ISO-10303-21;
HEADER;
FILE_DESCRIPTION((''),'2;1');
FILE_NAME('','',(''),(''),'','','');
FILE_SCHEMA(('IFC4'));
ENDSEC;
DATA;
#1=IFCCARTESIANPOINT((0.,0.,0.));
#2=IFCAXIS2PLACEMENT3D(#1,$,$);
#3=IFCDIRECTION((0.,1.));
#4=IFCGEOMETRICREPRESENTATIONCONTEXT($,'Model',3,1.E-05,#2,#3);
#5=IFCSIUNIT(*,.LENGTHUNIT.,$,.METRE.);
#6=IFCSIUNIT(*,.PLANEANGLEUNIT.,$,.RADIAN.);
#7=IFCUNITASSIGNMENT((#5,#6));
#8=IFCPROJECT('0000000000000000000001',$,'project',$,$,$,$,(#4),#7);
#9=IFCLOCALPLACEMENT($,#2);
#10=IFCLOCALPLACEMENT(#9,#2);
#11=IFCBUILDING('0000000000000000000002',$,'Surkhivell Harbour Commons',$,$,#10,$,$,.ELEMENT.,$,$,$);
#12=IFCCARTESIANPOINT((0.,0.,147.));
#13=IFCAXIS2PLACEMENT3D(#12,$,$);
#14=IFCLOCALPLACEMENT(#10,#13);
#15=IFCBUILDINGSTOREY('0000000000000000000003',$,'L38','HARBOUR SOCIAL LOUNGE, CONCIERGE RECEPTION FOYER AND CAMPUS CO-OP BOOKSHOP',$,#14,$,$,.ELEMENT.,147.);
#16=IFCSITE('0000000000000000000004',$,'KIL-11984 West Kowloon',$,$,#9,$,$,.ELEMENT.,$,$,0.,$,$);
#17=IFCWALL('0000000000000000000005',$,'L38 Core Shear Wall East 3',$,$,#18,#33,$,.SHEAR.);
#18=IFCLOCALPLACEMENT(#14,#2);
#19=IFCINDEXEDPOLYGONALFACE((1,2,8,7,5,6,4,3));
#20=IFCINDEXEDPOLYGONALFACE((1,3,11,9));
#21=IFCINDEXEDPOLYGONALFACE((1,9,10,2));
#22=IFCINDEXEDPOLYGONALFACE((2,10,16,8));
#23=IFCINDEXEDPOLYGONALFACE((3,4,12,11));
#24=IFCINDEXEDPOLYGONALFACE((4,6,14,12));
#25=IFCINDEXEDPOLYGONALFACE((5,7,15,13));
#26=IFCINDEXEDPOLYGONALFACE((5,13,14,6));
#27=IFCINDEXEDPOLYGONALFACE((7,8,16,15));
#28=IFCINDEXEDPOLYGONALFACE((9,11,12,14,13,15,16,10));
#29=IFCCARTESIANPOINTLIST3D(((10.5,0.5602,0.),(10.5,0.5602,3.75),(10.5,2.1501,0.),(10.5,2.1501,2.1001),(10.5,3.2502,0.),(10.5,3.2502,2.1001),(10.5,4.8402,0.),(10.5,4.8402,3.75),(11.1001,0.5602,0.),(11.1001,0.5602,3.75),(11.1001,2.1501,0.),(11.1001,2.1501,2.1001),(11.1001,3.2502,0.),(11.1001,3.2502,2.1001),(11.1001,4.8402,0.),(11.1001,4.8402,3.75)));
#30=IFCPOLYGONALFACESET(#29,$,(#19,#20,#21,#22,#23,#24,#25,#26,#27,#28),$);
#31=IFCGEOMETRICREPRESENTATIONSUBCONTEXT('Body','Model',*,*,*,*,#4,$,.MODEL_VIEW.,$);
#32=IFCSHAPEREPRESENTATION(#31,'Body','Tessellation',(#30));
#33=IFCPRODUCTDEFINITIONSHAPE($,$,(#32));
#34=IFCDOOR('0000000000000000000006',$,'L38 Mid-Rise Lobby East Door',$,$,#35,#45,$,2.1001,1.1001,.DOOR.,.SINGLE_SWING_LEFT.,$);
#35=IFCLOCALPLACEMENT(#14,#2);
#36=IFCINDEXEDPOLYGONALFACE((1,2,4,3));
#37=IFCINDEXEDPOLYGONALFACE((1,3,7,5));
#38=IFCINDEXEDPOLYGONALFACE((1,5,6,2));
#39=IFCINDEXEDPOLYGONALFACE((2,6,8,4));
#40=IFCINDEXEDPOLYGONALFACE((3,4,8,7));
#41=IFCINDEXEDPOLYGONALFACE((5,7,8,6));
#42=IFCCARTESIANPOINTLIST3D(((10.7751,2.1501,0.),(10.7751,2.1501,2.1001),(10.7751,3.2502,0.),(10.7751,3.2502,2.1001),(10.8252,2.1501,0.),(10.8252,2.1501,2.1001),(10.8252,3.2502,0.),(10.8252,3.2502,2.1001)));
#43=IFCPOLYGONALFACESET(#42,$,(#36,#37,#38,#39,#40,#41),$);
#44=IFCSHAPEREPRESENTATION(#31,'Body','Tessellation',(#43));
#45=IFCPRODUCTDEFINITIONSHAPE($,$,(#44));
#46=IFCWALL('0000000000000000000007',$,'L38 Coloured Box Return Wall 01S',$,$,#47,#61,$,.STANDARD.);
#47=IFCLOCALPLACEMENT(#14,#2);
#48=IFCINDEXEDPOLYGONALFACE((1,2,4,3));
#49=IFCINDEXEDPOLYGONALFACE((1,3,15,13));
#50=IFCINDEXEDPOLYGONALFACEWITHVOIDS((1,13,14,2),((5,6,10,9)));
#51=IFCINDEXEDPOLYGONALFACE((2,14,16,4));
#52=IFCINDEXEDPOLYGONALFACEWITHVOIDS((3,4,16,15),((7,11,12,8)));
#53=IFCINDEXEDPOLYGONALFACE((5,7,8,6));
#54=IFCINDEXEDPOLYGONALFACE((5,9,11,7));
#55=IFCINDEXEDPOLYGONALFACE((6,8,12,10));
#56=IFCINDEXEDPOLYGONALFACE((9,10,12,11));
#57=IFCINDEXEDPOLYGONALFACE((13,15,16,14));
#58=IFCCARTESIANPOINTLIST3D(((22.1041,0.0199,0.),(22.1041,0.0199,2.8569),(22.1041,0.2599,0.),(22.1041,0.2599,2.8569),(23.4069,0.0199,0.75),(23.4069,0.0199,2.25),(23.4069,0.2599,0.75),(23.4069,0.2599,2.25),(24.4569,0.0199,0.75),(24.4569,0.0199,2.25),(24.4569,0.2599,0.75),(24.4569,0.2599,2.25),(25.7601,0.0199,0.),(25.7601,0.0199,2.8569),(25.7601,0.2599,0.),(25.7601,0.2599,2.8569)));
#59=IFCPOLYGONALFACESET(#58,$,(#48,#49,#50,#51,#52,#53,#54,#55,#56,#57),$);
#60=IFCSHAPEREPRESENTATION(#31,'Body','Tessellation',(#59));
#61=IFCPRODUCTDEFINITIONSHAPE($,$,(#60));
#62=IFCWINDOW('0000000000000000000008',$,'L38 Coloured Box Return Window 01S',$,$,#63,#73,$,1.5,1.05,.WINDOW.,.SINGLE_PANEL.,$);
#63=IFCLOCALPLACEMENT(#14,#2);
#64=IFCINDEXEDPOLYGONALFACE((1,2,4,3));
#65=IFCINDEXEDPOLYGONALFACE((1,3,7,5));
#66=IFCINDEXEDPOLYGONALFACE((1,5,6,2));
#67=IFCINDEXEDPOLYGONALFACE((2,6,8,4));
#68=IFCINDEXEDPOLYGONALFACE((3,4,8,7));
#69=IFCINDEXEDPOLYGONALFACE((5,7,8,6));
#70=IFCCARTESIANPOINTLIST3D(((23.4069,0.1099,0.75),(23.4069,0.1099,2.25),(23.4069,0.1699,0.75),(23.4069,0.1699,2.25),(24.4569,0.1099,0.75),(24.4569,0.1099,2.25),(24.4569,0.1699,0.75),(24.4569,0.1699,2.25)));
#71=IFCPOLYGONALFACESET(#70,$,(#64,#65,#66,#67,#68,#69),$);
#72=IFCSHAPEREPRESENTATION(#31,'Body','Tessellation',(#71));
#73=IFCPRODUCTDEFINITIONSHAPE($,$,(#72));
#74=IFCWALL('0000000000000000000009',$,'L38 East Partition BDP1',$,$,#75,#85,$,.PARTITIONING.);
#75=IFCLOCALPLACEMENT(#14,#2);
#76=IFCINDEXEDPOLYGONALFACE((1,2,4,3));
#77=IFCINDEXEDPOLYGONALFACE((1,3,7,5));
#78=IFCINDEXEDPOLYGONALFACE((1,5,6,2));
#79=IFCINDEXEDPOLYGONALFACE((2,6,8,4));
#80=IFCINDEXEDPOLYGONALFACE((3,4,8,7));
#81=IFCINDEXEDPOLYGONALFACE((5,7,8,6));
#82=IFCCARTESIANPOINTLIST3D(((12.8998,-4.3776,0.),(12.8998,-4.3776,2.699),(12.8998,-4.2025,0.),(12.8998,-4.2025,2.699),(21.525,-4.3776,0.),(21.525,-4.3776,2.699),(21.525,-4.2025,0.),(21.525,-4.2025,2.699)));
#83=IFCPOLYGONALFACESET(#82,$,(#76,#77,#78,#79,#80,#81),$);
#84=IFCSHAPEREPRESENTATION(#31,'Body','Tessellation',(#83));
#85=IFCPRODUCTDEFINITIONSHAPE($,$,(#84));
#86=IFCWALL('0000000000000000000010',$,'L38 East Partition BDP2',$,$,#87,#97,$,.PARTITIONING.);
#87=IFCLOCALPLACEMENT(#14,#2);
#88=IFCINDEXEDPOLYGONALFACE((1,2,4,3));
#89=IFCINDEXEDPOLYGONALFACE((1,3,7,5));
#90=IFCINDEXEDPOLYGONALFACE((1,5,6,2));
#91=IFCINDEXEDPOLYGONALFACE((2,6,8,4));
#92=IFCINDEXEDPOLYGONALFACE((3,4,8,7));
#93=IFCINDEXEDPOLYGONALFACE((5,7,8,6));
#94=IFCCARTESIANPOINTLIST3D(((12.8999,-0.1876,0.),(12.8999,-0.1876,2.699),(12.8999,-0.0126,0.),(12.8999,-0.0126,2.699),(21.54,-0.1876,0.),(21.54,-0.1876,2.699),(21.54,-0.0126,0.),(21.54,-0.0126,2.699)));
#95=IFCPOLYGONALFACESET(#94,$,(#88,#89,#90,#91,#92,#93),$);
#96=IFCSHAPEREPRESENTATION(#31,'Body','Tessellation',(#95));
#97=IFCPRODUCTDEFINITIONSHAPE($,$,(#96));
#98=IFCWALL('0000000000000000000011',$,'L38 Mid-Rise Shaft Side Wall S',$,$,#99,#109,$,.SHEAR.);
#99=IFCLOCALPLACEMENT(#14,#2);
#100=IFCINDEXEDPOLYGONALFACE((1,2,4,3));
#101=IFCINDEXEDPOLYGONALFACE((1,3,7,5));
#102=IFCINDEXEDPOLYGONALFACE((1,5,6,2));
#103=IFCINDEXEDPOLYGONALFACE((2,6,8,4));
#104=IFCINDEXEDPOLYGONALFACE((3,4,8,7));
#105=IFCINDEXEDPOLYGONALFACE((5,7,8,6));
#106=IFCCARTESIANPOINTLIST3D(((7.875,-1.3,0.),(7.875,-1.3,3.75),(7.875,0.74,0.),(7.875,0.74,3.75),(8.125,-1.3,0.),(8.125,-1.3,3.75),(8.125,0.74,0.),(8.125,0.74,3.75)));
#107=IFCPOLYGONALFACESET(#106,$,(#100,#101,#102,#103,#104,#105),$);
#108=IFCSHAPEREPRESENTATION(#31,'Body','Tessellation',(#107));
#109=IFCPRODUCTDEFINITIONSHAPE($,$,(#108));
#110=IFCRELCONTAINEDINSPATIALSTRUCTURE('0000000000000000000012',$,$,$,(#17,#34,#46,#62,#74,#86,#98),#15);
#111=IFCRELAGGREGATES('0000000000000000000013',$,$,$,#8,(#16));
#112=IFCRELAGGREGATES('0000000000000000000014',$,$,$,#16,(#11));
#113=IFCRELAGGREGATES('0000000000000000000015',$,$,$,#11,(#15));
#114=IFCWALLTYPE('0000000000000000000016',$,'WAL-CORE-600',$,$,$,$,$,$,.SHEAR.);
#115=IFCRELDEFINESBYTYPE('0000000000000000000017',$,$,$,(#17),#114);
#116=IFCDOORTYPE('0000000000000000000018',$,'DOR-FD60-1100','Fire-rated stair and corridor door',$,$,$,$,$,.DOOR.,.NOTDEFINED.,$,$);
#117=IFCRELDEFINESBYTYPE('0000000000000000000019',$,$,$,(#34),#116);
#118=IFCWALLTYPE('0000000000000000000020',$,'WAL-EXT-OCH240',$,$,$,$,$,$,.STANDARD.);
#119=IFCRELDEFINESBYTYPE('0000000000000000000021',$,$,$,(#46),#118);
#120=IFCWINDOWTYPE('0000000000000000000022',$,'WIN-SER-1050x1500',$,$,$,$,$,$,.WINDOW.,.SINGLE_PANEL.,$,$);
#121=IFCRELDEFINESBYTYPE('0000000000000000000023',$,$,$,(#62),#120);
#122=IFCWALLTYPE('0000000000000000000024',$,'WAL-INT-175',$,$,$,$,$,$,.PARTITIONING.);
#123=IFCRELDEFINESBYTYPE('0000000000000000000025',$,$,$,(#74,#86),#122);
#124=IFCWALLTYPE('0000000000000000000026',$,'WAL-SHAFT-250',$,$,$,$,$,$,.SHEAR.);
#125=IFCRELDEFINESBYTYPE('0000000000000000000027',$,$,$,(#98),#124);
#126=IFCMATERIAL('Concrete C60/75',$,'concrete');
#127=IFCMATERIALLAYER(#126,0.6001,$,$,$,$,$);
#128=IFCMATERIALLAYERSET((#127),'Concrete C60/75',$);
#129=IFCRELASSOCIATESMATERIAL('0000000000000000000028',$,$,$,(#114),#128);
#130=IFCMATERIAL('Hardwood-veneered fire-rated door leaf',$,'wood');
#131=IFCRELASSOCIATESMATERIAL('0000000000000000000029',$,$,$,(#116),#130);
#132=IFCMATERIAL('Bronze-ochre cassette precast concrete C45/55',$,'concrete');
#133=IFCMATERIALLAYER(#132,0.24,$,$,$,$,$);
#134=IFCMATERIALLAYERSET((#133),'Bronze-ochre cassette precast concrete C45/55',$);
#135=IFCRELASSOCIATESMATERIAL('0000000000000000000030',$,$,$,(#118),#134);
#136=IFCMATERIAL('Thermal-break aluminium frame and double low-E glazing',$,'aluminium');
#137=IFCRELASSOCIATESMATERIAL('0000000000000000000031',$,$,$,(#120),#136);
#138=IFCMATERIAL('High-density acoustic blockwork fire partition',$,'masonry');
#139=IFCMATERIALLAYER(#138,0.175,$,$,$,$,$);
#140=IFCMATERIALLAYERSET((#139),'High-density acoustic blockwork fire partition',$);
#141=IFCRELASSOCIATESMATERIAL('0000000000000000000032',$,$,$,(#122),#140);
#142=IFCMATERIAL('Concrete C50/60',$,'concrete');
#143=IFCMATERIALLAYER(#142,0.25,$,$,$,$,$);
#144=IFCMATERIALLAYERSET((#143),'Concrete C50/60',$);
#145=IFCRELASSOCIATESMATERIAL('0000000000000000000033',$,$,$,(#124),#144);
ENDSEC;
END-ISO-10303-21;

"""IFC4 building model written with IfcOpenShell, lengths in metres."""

from ifc_helpers import new_model, si_unit, direction, frame, frame_2d, origin, place, context, subcontext, project, spatial, rectangle, extrude, material, layer, layer_set, type_object, element, fill, save


model = new_model("IFC4")

# Units and contexts
model_context = context("Model", 3, precision=1e-05, world=origin(), true_north=direction((0.0, 1.0)))
body_context = subcontext(model_context, "Body", "Model", "MODEL_VIEW")
ifc_project = project(units=[si_unit("LENGTHUNIT", "METRE"), si_unit("PLANEANGLEUNIT", "RADIAN")], contexts=[model_context])

# Site, building, storey
site_placement = place(None, origin())
site = spatial("IfcSite", under=ifc_project, at=site_placement, Name="KIL-11984 West Kowloon", CompositionType="ELEMENT", RefElevation=0.0)
building_placement = place(site_placement, origin())
building = spatial("IfcBuilding", under=site, at=building_placement, Name="Surkhivell Harbour Commons", CompositionType="ELEMENT")
storey_placement = place(building_placement, frame((0.0, 0.0, 147.0)))
storey = spatial("IfcBuildingStorey", under=building, at=storey_placement, Name="L38", Description="HARBOUR SOCIAL LOUNGE, CONCIERGE RECEPTION FOYER AND CAMPUS CO-OP BOOKSHOP", CompositionType="ELEMENT", Elevation=147.0)

# Shared definitions
ifc_material_1 = material(Name="Concrete C60/75", Category="concrete")

# Wall, opening, door
ifc_layer_1 = layer(ifc_material_1, 0.6001)
ifc_layer_set_1 = layer_set([ifc_layer_1], Name="Concrete C60/75")
wall_type_1 = type_object("IfcWallType", Name="WAL-CORE-600", PredefinedType="SHEAR", material=ifc_layer_set_1)
ifc_material_2 = material(Name="Hardwood-veneered fire-rated door leaf", Category="wood")
wall_1_placement = place(storey_placement, frame((10.8, 0.5601, 0.0), z_axis=(0.0, 0.0, 1.0), x_axis=(0.0, 1.0, 0.0)))
wall_1 = element("IfcWall", 1, at=wall_1_placement, inside=storey, type_object=wall_type_1, Name="L38 Core Shear Wall East 3", PredefinedType="SHEAR", context=body_context, shape_type="SweptSolid", body=[
    extrude(rectangle(XDim=4.28, YDim=0.6001, at=frame_2d((2.1401, 0.0))), origin(), (0.0, 0.0, 1.0), 3.75),
])
opening_1_placement = place(wall_1_placement, frame((1.5901, 0.0, 0.0)))
opening_1 = element("IfcOpeningElement", 2, at=opening_1_placement, cuts=wall_1, PredefinedType="OPENING", context=body_context, shape_type="SweptSolid", body=[
    extrude(rectangle(XDim=1.1001, YDim=2.1001, at=frame_2d((0.55, 1.05))), frame((0.0, 0.3101, 0.0), z_axis=(0.0, -1.0, 0.0), x_axis=(1.0, 0.0, 0.0)), (0.0, 0.0, 1.0), 0.6201),
])
door_type_1 = type_object("IfcDoorType", Name="DOR-FD60-1100", Description="Fire-rated stair and corridor door", OperationType="NOTDEFINED", PredefinedType="DOOR", material=ifc_material_2)
door_1_placement = place(opening_1_placement, origin())
door_1 = element("IfcDoor", 3, at=door_1_placement, inside=storey, type_object=door_type_1, Name="L38 Mid-Rise Lobby East Door", OperationType="SINGLE_SWING_LEFT", OverallHeight=2.1001, OverallWidth=1.1001, PredefinedType="DOOR", context=body_context, shape_type="SweptSolid", body=[
    extrude(rectangle(XDim=1.1001, YDim=2.1001, at=frame_2d((0.55, 1.05))), frame((0.0, 0.0249, 0.0), z_axis=(0.0, -1.0, 0.0), x_axis=(1.0, 0.0, 0.0)), (0.0, 0.0, 1.0), 0.05),
])
fill(opening_1, door_1)

# Wall, opening, window
ifc_material_3 = material(Name="Bronze-ochre cassette precast concrete C45/55", Category="concrete")
ifc_layer_2 = layer(ifc_material_3, 0.24)
ifc_layer_set_2 = layer_set([ifc_layer_2], Name="Bronze-ochre cassette precast concrete C45/55")
wall_type_2 = type_object("IfcWallType", Name="WAL-EXT-OCH240", PredefinedType="STANDARD", material=ifc_layer_set_2)
wall_2_placement = place(storey_placement, frame((22.104, 0.1399, 0.0), z_axis=(0.0, 0.0, 1.0), x_axis=(1.0, 0.0, 0.0)))
wall_2 = element("IfcWall", 4, at=wall_2_placement, inside=storey, type_object=wall_type_2, Name="L38 Coloured Box Return Wall 01S", PredefinedType="STANDARD", context=body_context, shape_type="SweptSolid", body=[
    extrude(rectangle(XDim=3.656, YDim=0.24, at=frame_2d((1.8281, 0.0))), origin(), (0.0, 0.0, 1.0), 2.8569),
])
opening_2_placement = place(wall_2_placement, frame((1.303, 0.0, 0.75)))
opening_2 = element("IfcOpeningElement", 5, at=opening_2_placement, cuts=wall_2, PredefinedType="OPENING", context=body_context, shape_type="SweptSolid", body=[
    extrude(rectangle(XDim=1.05, YDim=1.5, at=frame_2d((0.5249, 0.75))), frame((0.0, 0.1299, 0.0), z_axis=(0.0, -1.0, 0.0), x_axis=(1.0, 0.0, 0.0)), (0.0, 0.0, 1.0), 0.26),
])
ifc_material_4 = material(Name="Thermal-break aluminium frame and double low-E glazing", Category="aluminium")
window_type = type_object("IfcWindowType", Name="WIN-SER-1050x1500", PartitioningType="SINGLE_PANEL", PredefinedType="WINDOW", material=ifc_material_4)
window_placement = place(opening_2_placement, origin())
window = element("IfcWindow", 6, at=window_placement, inside=storey, type_object=window_type, Name="L38 Coloured Box Return Window 01S", OverallHeight=1.5, OverallWidth=1.05, PartitioningType="SINGLE_PANEL", PredefinedType="WINDOW", context=body_context, shape_type="SweptSolid", body=[
    extrude(rectangle(XDim=1.05, YDim=1.5, at=frame_2d((0.5249, 0.75))), frame((0.0, 0.03, 0.0), z_axis=(0.0, -1.0, 0.0), x_axis=(1.0, 0.0, 0.0)), (0.0, 0.0, 1.0), 0.0601),
])
fill(opening_2, window)

# Walls
ifc_material_5 = material(Name="High-density acoustic blockwork fire partition", Category="masonry")
ifc_layer_3 = layer(ifc_material_5, 0.175)
ifc_layer_set_3 = layer_set([ifc_layer_3], Name="High-density acoustic blockwork fire partition")
wall_type_3 = type_object("IfcWallType", Name="WAL-INT-175", PredefinedType="PARTITIONING", material=ifc_layer_set_3)
wall_3_placement = place(storey_placement, frame((12.8999, -4.29, 0.0), z_axis=(0.0, 0.0, 1.0), x_axis=(1.0, 0.0, 0.0)))
element("IfcWall", 7, at=wall_3_placement, inside=storey, type_object=wall_type_3, Name="L38 East Partition BDP1", PredefinedType="PARTITIONING", context=body_context, shape_type="SweptSolid", body=[
    extrude(rectangle(XDim=8.6252, YDim=0.175, at=frame_2d((4.3125, 0.0))), origin(), (0.0, 0.0, 1.0), 2.699),
])
wall_4_placement = place(storey_placement, frame((12.8999, -0.1001, 0.0), z_axis=(0.0, 0.0, 1.0), x_axis=(1.0, 0.0, 0.0)))
element("IfcWall", 8, at=wall_4_placement, inside=storey, type_object=wall_type_3, Name="L38 East Partition BDP2", PredefinedType="PARTITIONING", context=body_context, shape_type="SweptSolid", body=[
    extrude(rectangle(XDim=8.6401, YDim=0.175, at=frame_2d((4.3201, 0.0))), origin(), (0.0, 0.0, 1.0), 2.699),
])
ifc_material_6 = material(Name="Concrete C50/60", Category="concrete")
ifc_layer_4 = layer(ifc_material_6, 0.25)
ifc_layer_set_4 = layer_set([ifc_layer_4], Name="Concrete C50/60")
wall_type_4 = type_object("IfcWallType", Name="WAL-SHAFT-250", PredefinedType="SHEAR", material=ifc_layer_set_4)
wall_5_placement = place(storey_placement, frame((8.0, -1.3, 0.0), z_axis=(0.0, 0.0, 1.0), x_axis=(0.0, 1.0, 0.0)))
element("IfcWall", 9, at=wall_5_placement, inside=storey, type_object=wall_type_4, Name="L38 Mid-Rise Shaft Side Wall S", PredefinedType="SHEAR", context=body_context, shape_type="SweptSolid", body=[
    extrude(rectangle(XDim=2.04, YDim=0.25, at=frame_2d((1.02, 0.0))), origin(), (0.0, 0.0, 1.0), 3.75),
])

save(model, "model.ifc")
